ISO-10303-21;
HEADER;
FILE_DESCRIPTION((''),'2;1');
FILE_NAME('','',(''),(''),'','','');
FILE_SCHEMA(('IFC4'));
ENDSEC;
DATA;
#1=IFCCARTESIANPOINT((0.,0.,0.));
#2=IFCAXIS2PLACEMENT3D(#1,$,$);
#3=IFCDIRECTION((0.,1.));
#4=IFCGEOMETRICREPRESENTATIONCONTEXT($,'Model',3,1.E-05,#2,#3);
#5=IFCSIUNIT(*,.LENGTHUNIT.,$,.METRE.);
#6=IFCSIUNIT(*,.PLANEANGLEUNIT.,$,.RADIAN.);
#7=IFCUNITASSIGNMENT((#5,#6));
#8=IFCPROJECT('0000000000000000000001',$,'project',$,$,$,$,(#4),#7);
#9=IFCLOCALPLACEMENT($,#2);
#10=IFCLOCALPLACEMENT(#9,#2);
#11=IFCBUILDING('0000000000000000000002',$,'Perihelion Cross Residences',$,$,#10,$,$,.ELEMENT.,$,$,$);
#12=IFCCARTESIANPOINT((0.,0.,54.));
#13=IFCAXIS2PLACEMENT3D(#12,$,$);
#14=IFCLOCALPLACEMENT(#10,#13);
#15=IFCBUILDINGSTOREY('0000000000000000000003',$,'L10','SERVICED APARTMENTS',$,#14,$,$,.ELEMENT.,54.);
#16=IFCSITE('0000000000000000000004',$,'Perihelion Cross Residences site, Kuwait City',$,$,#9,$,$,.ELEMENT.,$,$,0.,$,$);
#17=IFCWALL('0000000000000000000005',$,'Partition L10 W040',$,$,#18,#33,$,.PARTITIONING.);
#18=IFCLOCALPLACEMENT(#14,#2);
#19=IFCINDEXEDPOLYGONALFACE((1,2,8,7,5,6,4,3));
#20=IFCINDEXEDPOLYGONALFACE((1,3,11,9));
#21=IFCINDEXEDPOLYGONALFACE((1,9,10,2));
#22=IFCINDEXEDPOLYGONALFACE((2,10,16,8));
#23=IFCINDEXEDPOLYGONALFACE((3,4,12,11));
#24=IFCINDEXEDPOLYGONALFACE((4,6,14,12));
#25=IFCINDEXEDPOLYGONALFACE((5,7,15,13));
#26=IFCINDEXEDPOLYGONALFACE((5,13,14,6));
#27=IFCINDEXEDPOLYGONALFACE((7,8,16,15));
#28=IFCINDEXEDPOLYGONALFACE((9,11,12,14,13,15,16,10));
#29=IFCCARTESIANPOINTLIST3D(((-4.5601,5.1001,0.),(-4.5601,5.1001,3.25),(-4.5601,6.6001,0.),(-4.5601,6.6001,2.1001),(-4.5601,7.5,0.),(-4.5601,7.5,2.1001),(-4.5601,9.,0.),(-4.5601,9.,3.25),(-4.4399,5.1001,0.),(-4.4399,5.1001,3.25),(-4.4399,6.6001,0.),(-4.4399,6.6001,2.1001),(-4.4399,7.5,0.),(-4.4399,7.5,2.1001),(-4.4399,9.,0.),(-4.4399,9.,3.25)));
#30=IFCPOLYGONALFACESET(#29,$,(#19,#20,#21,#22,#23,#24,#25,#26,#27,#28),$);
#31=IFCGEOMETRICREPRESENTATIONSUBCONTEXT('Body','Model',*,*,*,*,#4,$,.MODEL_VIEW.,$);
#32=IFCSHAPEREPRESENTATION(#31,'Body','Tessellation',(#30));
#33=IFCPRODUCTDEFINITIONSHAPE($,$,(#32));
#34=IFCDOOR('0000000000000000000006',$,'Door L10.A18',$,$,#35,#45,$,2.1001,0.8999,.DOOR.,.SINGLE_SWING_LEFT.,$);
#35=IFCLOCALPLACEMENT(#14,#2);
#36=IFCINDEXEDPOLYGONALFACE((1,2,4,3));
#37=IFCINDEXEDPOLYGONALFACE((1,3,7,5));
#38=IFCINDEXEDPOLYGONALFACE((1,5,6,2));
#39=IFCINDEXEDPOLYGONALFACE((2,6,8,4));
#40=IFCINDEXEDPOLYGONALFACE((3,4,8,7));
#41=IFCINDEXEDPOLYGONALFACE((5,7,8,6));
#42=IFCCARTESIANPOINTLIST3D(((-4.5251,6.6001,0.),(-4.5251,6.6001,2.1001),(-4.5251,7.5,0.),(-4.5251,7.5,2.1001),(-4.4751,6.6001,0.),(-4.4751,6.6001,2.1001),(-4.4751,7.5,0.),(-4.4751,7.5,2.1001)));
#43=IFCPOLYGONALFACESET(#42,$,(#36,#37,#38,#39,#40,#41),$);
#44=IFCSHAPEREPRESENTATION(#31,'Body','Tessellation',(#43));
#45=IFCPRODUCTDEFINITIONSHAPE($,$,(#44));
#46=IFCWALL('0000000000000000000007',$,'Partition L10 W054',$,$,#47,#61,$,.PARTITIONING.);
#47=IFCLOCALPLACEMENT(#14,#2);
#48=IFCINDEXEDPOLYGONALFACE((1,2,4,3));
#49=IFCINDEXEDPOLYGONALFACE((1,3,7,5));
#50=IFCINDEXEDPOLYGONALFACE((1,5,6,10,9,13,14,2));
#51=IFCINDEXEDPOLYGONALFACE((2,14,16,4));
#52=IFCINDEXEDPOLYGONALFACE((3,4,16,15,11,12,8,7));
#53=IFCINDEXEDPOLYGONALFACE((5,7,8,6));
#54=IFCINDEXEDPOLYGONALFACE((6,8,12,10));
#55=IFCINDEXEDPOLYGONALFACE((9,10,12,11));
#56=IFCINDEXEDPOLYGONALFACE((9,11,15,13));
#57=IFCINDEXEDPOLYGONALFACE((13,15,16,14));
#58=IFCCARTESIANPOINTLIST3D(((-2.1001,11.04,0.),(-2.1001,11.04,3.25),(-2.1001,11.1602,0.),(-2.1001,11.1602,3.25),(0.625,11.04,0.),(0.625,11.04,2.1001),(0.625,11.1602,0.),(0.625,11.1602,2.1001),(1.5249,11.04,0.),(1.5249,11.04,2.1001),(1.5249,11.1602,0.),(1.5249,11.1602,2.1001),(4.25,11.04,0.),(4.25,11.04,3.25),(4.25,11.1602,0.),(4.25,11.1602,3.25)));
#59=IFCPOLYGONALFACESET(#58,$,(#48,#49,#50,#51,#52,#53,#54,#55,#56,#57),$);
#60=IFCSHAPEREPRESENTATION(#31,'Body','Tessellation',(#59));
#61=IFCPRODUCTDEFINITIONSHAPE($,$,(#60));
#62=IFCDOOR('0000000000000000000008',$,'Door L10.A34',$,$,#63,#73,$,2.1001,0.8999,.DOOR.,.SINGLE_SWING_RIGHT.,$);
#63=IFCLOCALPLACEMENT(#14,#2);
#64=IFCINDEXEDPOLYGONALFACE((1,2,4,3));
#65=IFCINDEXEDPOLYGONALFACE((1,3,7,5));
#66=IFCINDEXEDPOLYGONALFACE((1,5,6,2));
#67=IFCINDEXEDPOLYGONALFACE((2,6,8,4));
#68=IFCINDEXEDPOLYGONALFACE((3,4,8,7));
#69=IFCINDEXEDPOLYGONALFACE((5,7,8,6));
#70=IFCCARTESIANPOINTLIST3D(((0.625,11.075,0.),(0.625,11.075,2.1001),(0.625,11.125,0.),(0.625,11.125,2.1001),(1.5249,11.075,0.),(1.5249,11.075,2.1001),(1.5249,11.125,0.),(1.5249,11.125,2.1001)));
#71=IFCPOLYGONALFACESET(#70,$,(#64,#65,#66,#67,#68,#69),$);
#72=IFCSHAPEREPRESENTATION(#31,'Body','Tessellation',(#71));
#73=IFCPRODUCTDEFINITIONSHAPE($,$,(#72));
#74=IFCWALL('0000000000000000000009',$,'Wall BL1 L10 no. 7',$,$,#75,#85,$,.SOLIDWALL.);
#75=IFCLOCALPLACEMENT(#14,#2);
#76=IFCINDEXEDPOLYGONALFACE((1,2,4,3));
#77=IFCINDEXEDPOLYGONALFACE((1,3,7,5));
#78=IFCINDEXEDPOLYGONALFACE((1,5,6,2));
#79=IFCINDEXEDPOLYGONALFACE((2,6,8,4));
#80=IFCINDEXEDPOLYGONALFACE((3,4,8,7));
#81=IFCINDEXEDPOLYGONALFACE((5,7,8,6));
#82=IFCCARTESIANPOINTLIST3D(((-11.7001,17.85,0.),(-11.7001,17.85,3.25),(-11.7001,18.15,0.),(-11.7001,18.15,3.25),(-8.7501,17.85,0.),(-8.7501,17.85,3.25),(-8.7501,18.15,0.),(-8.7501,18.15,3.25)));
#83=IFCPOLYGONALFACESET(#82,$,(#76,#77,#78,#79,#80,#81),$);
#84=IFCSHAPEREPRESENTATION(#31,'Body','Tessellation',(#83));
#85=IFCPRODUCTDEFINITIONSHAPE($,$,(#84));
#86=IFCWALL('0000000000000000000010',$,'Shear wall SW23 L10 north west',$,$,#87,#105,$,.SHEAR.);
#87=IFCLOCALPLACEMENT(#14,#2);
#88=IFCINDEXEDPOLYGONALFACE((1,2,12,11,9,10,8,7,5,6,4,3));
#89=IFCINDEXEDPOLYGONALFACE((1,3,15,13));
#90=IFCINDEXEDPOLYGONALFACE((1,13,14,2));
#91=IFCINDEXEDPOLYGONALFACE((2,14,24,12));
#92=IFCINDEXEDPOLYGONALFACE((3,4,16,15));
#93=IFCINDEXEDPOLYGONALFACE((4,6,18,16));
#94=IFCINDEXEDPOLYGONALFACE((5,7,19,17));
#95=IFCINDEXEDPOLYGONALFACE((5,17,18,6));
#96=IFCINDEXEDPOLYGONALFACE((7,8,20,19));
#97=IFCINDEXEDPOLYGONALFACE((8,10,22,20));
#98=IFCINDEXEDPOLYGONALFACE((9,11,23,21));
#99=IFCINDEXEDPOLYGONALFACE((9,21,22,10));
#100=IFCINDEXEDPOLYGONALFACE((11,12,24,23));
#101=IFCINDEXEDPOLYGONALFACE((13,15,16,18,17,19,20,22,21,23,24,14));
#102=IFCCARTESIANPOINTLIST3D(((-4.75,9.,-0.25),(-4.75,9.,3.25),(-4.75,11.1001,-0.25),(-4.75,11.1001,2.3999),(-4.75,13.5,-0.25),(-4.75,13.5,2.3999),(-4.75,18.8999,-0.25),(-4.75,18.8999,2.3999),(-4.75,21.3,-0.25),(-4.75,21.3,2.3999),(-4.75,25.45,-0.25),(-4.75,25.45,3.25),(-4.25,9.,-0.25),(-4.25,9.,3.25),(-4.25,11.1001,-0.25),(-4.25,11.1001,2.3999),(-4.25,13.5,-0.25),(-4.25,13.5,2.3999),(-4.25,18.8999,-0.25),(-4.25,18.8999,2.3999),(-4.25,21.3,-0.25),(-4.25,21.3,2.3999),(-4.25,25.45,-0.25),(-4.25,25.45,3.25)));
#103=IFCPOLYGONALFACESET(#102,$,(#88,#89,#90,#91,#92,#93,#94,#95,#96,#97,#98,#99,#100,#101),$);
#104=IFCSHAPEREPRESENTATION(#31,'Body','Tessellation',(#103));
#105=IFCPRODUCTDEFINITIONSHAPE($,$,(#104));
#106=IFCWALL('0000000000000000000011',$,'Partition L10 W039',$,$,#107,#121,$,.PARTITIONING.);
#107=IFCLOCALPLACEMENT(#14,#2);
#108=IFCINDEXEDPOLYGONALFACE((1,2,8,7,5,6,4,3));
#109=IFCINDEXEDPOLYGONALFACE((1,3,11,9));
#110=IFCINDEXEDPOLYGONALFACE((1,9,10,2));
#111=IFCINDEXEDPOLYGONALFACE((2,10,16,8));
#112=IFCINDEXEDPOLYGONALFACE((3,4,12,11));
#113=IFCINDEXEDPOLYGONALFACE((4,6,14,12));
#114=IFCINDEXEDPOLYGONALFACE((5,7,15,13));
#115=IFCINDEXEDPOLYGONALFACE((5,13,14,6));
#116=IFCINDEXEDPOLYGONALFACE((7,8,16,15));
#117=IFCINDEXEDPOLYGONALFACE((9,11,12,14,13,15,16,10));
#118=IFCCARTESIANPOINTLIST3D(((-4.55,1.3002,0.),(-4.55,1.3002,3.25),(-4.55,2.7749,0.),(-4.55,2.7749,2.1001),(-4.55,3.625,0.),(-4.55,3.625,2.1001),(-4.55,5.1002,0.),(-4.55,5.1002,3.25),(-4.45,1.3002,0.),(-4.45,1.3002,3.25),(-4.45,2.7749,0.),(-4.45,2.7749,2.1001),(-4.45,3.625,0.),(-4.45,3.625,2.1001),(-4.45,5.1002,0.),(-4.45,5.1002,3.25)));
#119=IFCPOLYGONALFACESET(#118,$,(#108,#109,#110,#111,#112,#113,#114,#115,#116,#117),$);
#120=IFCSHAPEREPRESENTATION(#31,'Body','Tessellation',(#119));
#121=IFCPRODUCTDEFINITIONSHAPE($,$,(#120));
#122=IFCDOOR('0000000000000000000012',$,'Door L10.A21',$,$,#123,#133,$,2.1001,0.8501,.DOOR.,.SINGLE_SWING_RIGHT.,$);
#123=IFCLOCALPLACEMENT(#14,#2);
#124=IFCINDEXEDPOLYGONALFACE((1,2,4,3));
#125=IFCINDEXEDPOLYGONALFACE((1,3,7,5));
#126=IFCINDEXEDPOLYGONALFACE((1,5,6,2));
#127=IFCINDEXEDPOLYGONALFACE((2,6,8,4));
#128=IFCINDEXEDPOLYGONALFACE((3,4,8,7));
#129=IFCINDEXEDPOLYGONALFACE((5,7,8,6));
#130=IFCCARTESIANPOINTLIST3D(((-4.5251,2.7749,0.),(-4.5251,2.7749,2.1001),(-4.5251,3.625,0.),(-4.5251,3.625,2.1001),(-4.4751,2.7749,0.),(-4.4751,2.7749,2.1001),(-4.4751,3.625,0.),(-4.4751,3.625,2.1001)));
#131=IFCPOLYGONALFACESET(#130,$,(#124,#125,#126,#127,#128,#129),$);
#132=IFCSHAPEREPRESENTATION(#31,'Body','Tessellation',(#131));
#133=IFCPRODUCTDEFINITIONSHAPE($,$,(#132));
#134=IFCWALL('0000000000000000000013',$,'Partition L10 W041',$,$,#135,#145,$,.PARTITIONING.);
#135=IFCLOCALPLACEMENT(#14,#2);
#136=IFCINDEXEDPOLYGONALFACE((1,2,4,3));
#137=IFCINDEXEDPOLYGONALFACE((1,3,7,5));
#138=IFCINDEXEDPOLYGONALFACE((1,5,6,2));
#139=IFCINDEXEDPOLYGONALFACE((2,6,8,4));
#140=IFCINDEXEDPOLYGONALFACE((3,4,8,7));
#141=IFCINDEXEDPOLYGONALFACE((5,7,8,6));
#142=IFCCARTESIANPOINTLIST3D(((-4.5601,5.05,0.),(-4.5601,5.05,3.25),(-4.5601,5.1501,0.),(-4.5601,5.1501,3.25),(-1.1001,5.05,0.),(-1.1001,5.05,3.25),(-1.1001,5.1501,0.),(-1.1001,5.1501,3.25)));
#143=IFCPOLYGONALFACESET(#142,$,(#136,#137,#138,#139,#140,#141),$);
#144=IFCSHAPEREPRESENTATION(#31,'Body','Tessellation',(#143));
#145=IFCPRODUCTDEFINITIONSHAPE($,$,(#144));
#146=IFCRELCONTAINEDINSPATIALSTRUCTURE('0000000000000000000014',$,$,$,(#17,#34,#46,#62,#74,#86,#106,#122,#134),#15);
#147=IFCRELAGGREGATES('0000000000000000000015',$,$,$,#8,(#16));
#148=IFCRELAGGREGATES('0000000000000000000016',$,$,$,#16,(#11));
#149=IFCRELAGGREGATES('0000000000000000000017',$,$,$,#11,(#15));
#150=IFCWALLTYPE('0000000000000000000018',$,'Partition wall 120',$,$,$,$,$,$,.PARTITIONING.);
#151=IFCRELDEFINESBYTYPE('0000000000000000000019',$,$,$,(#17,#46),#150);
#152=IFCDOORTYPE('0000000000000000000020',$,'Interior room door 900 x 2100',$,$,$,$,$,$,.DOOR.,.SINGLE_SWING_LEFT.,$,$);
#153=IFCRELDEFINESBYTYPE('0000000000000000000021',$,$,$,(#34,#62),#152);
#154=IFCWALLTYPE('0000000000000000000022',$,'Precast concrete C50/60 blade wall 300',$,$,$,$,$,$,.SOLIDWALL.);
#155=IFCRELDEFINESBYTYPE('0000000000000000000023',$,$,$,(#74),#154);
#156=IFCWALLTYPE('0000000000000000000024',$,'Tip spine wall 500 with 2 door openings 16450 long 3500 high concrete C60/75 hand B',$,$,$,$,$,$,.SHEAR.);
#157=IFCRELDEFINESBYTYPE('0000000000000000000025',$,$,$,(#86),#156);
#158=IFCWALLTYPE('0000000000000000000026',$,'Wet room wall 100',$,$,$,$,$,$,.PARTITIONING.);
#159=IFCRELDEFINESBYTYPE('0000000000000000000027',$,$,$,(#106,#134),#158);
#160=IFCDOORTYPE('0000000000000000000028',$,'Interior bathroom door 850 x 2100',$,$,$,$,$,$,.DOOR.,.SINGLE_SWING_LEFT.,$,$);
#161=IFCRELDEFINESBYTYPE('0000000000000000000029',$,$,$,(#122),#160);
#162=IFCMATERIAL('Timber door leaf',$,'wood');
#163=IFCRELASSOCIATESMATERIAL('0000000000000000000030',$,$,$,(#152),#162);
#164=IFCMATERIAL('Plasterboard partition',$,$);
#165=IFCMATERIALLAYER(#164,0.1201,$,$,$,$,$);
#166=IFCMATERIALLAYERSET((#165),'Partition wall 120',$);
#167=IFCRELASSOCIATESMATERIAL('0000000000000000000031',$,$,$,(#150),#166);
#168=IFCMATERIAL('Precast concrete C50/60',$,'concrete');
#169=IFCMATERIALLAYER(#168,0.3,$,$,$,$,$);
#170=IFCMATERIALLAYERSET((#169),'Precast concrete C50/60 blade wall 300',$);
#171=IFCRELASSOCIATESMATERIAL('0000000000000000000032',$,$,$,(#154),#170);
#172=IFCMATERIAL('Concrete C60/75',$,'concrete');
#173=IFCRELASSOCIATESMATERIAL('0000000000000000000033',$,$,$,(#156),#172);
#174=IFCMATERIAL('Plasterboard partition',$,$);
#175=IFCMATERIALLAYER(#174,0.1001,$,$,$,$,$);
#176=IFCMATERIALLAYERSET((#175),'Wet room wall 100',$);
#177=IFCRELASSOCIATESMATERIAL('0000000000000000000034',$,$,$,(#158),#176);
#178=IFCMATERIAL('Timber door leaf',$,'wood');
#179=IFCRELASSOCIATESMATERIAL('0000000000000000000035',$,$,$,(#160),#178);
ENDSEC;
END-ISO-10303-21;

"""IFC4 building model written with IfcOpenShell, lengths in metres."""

from ifc_helpers import new_model, si_unit, direction, frame, frame_2d, origin, place, context, subcontext, project, spatial, polyline, rectangle, outline, extrude, material, layer, layer_set, material_profile, profile_set, type_object, element, fill, save


model = new_model("IFC4")

# Units and contexts
model_context = context("Model", 3, precision=1e-05, world=origin(), true_north=direction((0.0, 1.0)))
body_context = subcontext(model_context, "Body", "Model", "MODEL_VIEW")
ifc_project = project(units=[si_unit("LENGTHUNIT", "METRE"), si_unit("PLANEANGLEUNIT", "RADIAN")], contexts=[model_context])

# Site, building, storey
site_placement = place(None, origin())
site = spatial("IfcSite", under=ifc_project, at=site_placement, Name="Perihelion Cross Residences site, Kuwait City", CompositionType="ELEMENT", RefElevation=0.0)
building_placement = place(site_placement, origin())
building = spatial("IfcBuilding", under=site, at=building_placement, Name="Perihelion Cross Residences", CompositionType="ELEMENT")
storey_placement = place(building_placement, frame((0.0, 0.0, 54.0)))
storey = spatial("IfcBuildingStorey", under=building, at=storey_placement, Name="L10", Description="SERVICED APARTMENTS", CompositionType="ELEMENT", Elevation=54.0)

# Walls, openings, doors
ifc_material_1 = material(Name="Timber door leaf", Category="wood")
door_type_1 = type_object("IfcDoorType", Name="Interior room door 900 x 2100", OperationType="SINGLE_SWING_LEFT", PredefinedType="DOOR", material=ifc_material_1)
ifc_material_2 = material(Name="Plasterboard partition")
ifc_layer_1 = layer(ifc_material_2, 0.1201)
ifc_layer_set_1 = layer_set([ifc_layer_1], Name="Partition wall 120")
wall_type_1 = type_object("IfcWallType", Name="Partition wall 120", PredefinedType="PARTITIONING", material=ifc_layer_set_1)
wall_1_placement = place(storey_placement, frame((-4.5, 9.0, 0.0), z_axis=(0.0, 0.0, 1.0), x_axis=(0.0, -1.0, 0.0)))
wall_1 = element("IfcWall", 1, at=wall_1_placement, inside=storey, type_object=wall_type_1, Name="Partition L10 W040", PredefinedType="PARTITIONING", context=body_context, shape_type="SweptSolid", body=[
    extrude(rectangle(XDim=3.8999, YDim=0.1201, at=frame_2d((1.95, 0.0))), origin(), (0.0, 0.0, 1.0), 3.25),
])
opening_1_placement = place(wall_1_placement, frame((1.5, 0.0, 0.0)))
opening_1 = element("IfcOpeningElement", 2, at=opening_1_placement, cuts=wall_1, PredefinedType="OPENING", context=body_context, shape_type="SweptSolid", body=[
    extrude(rectangle(XDim=0.8999, YDim=2.1001, at=frame_2d((0.45, 1.05))), frame((0.0, 0.0701, 0.0), z_axis=(0.0, -1.0, 0.0), x_axis=(1.0, 0.0, 0.0)), (0.0, 0.0, 1.0), 0.1401),
])
door_1_placement = place(opening_1_placement, origin())
door_1 = element("IfcDoor", 3, at=door_1_placement, inside=storey, type_object=door_type_1, Name="Door L10.A18", OperationType="SINGLE_SWING_LEFT", OverallHeight=2.1001, OverallWidth=0.8999, PredefinedType="DOOR", context=body_context, shape_type="SweptSolid", body=[
    extrude(rectangle(XDim=0.8999, YDim=2.1001, at=frame_2d((0.45, 1.05))), frame((0.0, 0.0249, 0.0), z_axis=(0.0, -1.0, 0.0), x_axis=(1.0, 0.0, 0.0)), (0.0, 0.0, 1.0), 0.05),
])
fill(opening_1, door_1)
wall_2_placement = place(storey_placement, frame((-2.1001, 11.1001, 0.0), z_axis=(0.0, 0.0, 1.0), x_axis=(1.0, 0.0, 0.0)))
wall_2 = element("IfcWall", 4, at=wall_2_placement, inside=storey, type_object=wall_type_1, Name="Partition L10 W054", PredefinedType="PARTITIONING", context=body_context, shape_type="SweptSolid", body=[
    extrude(rectangle(XDim=6.3501, YDim=0.1201, at=frame_2d((3.175, 0.0))), origin(), (0.0, 0.0, 1.0), 3.25),
])
opening_2_placement = place(wall_2_placement, frame((2.7251, 0.0, 0.0)))
opening_2 = element("IfcOpeningElement", 5, at=opening_2_placement, cuts=wall_2, PredefinedType="OPENING", context=body_context, shape_type="SweptSolid", body=[
    extrude(rectangle(XDim=0.8999, YDim=2.1001, at=frame_2d((0.45, 1.05))), frame((0.0, 0.0701, 0.0), z_axis=(0.0, -1.0, 0.0), x_axis=(1.0, 0.0, 0.0)), (0.0, 0.0, 1.0), 0.1401),
])
door_2_placement = place(opening_2_placement, origin())
door_2 = element("IfcDoor", 6, at=door_2_placement, inside=storey, type_object=door_type_1, Name="Door L10.A34", OperationType="SINGLE_SWING_RIGHT", OverallHeight=2.1001, OverallWidth=0.8999, PredefinedType="DOOR", context=body_context, shape_type="SweptSolid", body=[
    extrude(rectangle(XDim=0.8999, YDim=2.1001, at=frame_2d((0.45, 1.05))), frame((0.0, 0.0249, 0.0), z_axis=(0.0, -1.0, 0.0), x_axis=(1.0, 0.0, 0.0)), (0.0, 0.0, 1.0), 0.05),
])
fill(opening_2, door_2)

# Walls
ifc_material_3 = material(Name="Precast concrete C50/60", Category="concrete")
ifc_layer_2 = layer(ifc_material_3, 0.3)
ifc_layer_set_2 = layer_set([ifc_layer_2], Name="Precast concrete C50/60 blade wall 300")
wall_type_2 = type_object("IfcWallType", Name="Precast concrete C50/60 blade wall 300", PredefinedType="SOLIDWALL", material=ifc_layer_set_2)
wall_3_placement = place(storey_placement, frame((-8.75, 18.0, 0.0), z_axis=(0.0, 0.0, 1.0), x_axis=(-1.0, 0.0, 0.0)))
element("IfcWall", 7, at=wall_3_placement, inside=storey, type_object=wall_type_2, Name="Wall BL1 L10 no. 7", PredefinedType="SOLIDWALL", context=body_context, shape_type="SweptSolid", body=[
    extrude(rectangle(XDim=2.95, YDim=0.3, at=frame_2d((1.4751, 0.0))), origin(), (0.0, 0.0, 1.0), 3.25),
])
ifc_material_4 = material(Name="Concrete C60/75", Category="concrete")
ifc_material_profile_1 = material_profile(ifc_material_4, outline(polyline([(0.0, 0.0), (2.1001, 0.0), (2.1001, 2.6499), (4.5, 2.6499), (4.5, 0.0), (9.8999, 0.0), (9.8999, 2.6499), (12.3, 2.6499), (12.3, 0.0), (16.45, 0.0), (16.45, 3.5), (0.0, 3.5), (0.0, 0.0)])), Name="Tip spine wall")
ifc_profile_set_1 = profile_set([ifc_material_profile_1], Name="Concrete C60/75")
wall_type_3 = type_object("IfcWallType", Name="Tip spine wall 500 with 2 door openings 16450 long 3500 high concrete C60/75 hand B", PredefinedType="SHEAR", material=ifc_profile_set_1)
wall_4_placement = place(storey_placement, frame((-4.75, 9.0, -0.25), z_axis=(1.0, 0.0, 0.0), x_axis=(0.0, 1.0, 0.0)))
element("IfcWall", 8, at=wall_4_placement, inside=storey, type_object=wall_type_3, Name="Shear wall SW23 L10 north west", PredefinedType="SHEAR", context=body_context, shape_type="SweptSolid", body=[
    extrude(outline(polyline([(0.0, 0.0), (2.1001, 0.0), (2.1001, 2.6499), (4.5, 2.6499), (4.5, 0.0), (9.8999, 0.0), (9.8999, 2.6499), (12.3, 2.6499), (12.3, 0.0), (16.45, 0.0), (16.45, 3.5), (0.0, 3.5), (0.0, 0.0)])), origin(), (0.0, 0.0, 1.0), 0.5),
])

# Wall, opening, door
ifc_material_5 = material(Name="Plasterboard partition")
ifc_layer_3 = layer(ifc_material_5, 0.1001)
ifc_layer_set_3 = layer_set([ifc_layer_3], Name="Wet room wall 100")
wall_type_4 = type_object("IfcWallType", Name="Wet room wall 100", PredefinedType="PARTITIONING", material=ifc_layer_set_3)
wall_5_placement = place(storey_placement, frame((-4.5, 5.1001, 0.0), z_axis=(0.0, 0.0, 1.0), x_axis=(0.0, -1.0, 0.0)))
wall_5 = element("IfcWall", 9, at=wall_5_placement, inside=storey, type_object=wall_type_4, Name="Partition L10 W039", PredefinedType="PARTITIONING", context=body_context, shape_type="SweptSolid", body=[
    extrude(rectangle(XDim=3.8, YDim=0.1001, at=frame_2d((1.8999, 0.0))), origin(), (0.0, 0.0, 1.0), 3.25),
])
opening_3_placement = place(wall_5_placement, frame((1.4751, 0.0, 0.0)))
opening_3 = element("IfcOpeningElement", 10, at=opening_3_placement, cuts=wall_5, PredefinedType="OPENING", context=body_context, shape_type="SweptSolid", body=[
    extrude(rectangle(XDim=0.8501, YDim=2.1001, at=frame_2d((0.425, 1.05))), frame((0.0, 0.0601, 0.0), z_axis=(0.0, -1.0, 0.0), x_axis=(1.0, 0.0, 0.0)), (0.0, 0.0, 1.0), 0.1201),
])
ifc_material_6 = material(Name="Timber door leaf", Category="wood")
door_type_2 = type_object("IfcDoorType", Name="Interior bathroom door 850 x 2100", OperationType="SINGLE_SWING_LEFT", PredefinedType="DOOR", material=ifc_material_6)
door_3_placement = place(opening_3_placement, origin())
door_3 = element("IfcDoor", 11, at=door_3_placement, inside=storey, type_object=door_type_2, Name="Door L10.A21", OperationType="SINGLE_SWING_RIGHT", OverallHeight=2.1001, OverallWidth=0.8501, PredefinedType="DOOR", context=body_context, shape_type="SweptSolid", body=[
    extrude(rectangle(XDim=0.8501, YDim=2.1001, at=frame_2d((0.425, 1.05))), frame((0.0, 0.0249, 0.0), z_axis=(0.0, -1.0, 0.0), x_axis=(1.0, 0.0, 0.0)), (0.0, 0.0, 1.0), 0.05),
])
fill(opening_3, door_3)

# Wall
wall_6_placement = place(storey_placement, frame((-4.5601, 5.1001, 0.0), z_axis=(0.0, 0.0, 1.0), x_axis=(1.0, 0.0, 0.0)))
element("IfcWall", 12, at=wall_6_placement, inside=storey, type_object=wall_type_4, Name="Partition L10 W041", PredefinedType="PARTITIONING", context=body_context, shape_type="SweptSolid", body=[
    extrude(rectangle(XDim=3.46, YDim=0.1001, at=frame_2d((1.73, 0.0))), origin(), (0.0, 0.0, 1.0), 3.25),
])

save(model, "model.ifc")
